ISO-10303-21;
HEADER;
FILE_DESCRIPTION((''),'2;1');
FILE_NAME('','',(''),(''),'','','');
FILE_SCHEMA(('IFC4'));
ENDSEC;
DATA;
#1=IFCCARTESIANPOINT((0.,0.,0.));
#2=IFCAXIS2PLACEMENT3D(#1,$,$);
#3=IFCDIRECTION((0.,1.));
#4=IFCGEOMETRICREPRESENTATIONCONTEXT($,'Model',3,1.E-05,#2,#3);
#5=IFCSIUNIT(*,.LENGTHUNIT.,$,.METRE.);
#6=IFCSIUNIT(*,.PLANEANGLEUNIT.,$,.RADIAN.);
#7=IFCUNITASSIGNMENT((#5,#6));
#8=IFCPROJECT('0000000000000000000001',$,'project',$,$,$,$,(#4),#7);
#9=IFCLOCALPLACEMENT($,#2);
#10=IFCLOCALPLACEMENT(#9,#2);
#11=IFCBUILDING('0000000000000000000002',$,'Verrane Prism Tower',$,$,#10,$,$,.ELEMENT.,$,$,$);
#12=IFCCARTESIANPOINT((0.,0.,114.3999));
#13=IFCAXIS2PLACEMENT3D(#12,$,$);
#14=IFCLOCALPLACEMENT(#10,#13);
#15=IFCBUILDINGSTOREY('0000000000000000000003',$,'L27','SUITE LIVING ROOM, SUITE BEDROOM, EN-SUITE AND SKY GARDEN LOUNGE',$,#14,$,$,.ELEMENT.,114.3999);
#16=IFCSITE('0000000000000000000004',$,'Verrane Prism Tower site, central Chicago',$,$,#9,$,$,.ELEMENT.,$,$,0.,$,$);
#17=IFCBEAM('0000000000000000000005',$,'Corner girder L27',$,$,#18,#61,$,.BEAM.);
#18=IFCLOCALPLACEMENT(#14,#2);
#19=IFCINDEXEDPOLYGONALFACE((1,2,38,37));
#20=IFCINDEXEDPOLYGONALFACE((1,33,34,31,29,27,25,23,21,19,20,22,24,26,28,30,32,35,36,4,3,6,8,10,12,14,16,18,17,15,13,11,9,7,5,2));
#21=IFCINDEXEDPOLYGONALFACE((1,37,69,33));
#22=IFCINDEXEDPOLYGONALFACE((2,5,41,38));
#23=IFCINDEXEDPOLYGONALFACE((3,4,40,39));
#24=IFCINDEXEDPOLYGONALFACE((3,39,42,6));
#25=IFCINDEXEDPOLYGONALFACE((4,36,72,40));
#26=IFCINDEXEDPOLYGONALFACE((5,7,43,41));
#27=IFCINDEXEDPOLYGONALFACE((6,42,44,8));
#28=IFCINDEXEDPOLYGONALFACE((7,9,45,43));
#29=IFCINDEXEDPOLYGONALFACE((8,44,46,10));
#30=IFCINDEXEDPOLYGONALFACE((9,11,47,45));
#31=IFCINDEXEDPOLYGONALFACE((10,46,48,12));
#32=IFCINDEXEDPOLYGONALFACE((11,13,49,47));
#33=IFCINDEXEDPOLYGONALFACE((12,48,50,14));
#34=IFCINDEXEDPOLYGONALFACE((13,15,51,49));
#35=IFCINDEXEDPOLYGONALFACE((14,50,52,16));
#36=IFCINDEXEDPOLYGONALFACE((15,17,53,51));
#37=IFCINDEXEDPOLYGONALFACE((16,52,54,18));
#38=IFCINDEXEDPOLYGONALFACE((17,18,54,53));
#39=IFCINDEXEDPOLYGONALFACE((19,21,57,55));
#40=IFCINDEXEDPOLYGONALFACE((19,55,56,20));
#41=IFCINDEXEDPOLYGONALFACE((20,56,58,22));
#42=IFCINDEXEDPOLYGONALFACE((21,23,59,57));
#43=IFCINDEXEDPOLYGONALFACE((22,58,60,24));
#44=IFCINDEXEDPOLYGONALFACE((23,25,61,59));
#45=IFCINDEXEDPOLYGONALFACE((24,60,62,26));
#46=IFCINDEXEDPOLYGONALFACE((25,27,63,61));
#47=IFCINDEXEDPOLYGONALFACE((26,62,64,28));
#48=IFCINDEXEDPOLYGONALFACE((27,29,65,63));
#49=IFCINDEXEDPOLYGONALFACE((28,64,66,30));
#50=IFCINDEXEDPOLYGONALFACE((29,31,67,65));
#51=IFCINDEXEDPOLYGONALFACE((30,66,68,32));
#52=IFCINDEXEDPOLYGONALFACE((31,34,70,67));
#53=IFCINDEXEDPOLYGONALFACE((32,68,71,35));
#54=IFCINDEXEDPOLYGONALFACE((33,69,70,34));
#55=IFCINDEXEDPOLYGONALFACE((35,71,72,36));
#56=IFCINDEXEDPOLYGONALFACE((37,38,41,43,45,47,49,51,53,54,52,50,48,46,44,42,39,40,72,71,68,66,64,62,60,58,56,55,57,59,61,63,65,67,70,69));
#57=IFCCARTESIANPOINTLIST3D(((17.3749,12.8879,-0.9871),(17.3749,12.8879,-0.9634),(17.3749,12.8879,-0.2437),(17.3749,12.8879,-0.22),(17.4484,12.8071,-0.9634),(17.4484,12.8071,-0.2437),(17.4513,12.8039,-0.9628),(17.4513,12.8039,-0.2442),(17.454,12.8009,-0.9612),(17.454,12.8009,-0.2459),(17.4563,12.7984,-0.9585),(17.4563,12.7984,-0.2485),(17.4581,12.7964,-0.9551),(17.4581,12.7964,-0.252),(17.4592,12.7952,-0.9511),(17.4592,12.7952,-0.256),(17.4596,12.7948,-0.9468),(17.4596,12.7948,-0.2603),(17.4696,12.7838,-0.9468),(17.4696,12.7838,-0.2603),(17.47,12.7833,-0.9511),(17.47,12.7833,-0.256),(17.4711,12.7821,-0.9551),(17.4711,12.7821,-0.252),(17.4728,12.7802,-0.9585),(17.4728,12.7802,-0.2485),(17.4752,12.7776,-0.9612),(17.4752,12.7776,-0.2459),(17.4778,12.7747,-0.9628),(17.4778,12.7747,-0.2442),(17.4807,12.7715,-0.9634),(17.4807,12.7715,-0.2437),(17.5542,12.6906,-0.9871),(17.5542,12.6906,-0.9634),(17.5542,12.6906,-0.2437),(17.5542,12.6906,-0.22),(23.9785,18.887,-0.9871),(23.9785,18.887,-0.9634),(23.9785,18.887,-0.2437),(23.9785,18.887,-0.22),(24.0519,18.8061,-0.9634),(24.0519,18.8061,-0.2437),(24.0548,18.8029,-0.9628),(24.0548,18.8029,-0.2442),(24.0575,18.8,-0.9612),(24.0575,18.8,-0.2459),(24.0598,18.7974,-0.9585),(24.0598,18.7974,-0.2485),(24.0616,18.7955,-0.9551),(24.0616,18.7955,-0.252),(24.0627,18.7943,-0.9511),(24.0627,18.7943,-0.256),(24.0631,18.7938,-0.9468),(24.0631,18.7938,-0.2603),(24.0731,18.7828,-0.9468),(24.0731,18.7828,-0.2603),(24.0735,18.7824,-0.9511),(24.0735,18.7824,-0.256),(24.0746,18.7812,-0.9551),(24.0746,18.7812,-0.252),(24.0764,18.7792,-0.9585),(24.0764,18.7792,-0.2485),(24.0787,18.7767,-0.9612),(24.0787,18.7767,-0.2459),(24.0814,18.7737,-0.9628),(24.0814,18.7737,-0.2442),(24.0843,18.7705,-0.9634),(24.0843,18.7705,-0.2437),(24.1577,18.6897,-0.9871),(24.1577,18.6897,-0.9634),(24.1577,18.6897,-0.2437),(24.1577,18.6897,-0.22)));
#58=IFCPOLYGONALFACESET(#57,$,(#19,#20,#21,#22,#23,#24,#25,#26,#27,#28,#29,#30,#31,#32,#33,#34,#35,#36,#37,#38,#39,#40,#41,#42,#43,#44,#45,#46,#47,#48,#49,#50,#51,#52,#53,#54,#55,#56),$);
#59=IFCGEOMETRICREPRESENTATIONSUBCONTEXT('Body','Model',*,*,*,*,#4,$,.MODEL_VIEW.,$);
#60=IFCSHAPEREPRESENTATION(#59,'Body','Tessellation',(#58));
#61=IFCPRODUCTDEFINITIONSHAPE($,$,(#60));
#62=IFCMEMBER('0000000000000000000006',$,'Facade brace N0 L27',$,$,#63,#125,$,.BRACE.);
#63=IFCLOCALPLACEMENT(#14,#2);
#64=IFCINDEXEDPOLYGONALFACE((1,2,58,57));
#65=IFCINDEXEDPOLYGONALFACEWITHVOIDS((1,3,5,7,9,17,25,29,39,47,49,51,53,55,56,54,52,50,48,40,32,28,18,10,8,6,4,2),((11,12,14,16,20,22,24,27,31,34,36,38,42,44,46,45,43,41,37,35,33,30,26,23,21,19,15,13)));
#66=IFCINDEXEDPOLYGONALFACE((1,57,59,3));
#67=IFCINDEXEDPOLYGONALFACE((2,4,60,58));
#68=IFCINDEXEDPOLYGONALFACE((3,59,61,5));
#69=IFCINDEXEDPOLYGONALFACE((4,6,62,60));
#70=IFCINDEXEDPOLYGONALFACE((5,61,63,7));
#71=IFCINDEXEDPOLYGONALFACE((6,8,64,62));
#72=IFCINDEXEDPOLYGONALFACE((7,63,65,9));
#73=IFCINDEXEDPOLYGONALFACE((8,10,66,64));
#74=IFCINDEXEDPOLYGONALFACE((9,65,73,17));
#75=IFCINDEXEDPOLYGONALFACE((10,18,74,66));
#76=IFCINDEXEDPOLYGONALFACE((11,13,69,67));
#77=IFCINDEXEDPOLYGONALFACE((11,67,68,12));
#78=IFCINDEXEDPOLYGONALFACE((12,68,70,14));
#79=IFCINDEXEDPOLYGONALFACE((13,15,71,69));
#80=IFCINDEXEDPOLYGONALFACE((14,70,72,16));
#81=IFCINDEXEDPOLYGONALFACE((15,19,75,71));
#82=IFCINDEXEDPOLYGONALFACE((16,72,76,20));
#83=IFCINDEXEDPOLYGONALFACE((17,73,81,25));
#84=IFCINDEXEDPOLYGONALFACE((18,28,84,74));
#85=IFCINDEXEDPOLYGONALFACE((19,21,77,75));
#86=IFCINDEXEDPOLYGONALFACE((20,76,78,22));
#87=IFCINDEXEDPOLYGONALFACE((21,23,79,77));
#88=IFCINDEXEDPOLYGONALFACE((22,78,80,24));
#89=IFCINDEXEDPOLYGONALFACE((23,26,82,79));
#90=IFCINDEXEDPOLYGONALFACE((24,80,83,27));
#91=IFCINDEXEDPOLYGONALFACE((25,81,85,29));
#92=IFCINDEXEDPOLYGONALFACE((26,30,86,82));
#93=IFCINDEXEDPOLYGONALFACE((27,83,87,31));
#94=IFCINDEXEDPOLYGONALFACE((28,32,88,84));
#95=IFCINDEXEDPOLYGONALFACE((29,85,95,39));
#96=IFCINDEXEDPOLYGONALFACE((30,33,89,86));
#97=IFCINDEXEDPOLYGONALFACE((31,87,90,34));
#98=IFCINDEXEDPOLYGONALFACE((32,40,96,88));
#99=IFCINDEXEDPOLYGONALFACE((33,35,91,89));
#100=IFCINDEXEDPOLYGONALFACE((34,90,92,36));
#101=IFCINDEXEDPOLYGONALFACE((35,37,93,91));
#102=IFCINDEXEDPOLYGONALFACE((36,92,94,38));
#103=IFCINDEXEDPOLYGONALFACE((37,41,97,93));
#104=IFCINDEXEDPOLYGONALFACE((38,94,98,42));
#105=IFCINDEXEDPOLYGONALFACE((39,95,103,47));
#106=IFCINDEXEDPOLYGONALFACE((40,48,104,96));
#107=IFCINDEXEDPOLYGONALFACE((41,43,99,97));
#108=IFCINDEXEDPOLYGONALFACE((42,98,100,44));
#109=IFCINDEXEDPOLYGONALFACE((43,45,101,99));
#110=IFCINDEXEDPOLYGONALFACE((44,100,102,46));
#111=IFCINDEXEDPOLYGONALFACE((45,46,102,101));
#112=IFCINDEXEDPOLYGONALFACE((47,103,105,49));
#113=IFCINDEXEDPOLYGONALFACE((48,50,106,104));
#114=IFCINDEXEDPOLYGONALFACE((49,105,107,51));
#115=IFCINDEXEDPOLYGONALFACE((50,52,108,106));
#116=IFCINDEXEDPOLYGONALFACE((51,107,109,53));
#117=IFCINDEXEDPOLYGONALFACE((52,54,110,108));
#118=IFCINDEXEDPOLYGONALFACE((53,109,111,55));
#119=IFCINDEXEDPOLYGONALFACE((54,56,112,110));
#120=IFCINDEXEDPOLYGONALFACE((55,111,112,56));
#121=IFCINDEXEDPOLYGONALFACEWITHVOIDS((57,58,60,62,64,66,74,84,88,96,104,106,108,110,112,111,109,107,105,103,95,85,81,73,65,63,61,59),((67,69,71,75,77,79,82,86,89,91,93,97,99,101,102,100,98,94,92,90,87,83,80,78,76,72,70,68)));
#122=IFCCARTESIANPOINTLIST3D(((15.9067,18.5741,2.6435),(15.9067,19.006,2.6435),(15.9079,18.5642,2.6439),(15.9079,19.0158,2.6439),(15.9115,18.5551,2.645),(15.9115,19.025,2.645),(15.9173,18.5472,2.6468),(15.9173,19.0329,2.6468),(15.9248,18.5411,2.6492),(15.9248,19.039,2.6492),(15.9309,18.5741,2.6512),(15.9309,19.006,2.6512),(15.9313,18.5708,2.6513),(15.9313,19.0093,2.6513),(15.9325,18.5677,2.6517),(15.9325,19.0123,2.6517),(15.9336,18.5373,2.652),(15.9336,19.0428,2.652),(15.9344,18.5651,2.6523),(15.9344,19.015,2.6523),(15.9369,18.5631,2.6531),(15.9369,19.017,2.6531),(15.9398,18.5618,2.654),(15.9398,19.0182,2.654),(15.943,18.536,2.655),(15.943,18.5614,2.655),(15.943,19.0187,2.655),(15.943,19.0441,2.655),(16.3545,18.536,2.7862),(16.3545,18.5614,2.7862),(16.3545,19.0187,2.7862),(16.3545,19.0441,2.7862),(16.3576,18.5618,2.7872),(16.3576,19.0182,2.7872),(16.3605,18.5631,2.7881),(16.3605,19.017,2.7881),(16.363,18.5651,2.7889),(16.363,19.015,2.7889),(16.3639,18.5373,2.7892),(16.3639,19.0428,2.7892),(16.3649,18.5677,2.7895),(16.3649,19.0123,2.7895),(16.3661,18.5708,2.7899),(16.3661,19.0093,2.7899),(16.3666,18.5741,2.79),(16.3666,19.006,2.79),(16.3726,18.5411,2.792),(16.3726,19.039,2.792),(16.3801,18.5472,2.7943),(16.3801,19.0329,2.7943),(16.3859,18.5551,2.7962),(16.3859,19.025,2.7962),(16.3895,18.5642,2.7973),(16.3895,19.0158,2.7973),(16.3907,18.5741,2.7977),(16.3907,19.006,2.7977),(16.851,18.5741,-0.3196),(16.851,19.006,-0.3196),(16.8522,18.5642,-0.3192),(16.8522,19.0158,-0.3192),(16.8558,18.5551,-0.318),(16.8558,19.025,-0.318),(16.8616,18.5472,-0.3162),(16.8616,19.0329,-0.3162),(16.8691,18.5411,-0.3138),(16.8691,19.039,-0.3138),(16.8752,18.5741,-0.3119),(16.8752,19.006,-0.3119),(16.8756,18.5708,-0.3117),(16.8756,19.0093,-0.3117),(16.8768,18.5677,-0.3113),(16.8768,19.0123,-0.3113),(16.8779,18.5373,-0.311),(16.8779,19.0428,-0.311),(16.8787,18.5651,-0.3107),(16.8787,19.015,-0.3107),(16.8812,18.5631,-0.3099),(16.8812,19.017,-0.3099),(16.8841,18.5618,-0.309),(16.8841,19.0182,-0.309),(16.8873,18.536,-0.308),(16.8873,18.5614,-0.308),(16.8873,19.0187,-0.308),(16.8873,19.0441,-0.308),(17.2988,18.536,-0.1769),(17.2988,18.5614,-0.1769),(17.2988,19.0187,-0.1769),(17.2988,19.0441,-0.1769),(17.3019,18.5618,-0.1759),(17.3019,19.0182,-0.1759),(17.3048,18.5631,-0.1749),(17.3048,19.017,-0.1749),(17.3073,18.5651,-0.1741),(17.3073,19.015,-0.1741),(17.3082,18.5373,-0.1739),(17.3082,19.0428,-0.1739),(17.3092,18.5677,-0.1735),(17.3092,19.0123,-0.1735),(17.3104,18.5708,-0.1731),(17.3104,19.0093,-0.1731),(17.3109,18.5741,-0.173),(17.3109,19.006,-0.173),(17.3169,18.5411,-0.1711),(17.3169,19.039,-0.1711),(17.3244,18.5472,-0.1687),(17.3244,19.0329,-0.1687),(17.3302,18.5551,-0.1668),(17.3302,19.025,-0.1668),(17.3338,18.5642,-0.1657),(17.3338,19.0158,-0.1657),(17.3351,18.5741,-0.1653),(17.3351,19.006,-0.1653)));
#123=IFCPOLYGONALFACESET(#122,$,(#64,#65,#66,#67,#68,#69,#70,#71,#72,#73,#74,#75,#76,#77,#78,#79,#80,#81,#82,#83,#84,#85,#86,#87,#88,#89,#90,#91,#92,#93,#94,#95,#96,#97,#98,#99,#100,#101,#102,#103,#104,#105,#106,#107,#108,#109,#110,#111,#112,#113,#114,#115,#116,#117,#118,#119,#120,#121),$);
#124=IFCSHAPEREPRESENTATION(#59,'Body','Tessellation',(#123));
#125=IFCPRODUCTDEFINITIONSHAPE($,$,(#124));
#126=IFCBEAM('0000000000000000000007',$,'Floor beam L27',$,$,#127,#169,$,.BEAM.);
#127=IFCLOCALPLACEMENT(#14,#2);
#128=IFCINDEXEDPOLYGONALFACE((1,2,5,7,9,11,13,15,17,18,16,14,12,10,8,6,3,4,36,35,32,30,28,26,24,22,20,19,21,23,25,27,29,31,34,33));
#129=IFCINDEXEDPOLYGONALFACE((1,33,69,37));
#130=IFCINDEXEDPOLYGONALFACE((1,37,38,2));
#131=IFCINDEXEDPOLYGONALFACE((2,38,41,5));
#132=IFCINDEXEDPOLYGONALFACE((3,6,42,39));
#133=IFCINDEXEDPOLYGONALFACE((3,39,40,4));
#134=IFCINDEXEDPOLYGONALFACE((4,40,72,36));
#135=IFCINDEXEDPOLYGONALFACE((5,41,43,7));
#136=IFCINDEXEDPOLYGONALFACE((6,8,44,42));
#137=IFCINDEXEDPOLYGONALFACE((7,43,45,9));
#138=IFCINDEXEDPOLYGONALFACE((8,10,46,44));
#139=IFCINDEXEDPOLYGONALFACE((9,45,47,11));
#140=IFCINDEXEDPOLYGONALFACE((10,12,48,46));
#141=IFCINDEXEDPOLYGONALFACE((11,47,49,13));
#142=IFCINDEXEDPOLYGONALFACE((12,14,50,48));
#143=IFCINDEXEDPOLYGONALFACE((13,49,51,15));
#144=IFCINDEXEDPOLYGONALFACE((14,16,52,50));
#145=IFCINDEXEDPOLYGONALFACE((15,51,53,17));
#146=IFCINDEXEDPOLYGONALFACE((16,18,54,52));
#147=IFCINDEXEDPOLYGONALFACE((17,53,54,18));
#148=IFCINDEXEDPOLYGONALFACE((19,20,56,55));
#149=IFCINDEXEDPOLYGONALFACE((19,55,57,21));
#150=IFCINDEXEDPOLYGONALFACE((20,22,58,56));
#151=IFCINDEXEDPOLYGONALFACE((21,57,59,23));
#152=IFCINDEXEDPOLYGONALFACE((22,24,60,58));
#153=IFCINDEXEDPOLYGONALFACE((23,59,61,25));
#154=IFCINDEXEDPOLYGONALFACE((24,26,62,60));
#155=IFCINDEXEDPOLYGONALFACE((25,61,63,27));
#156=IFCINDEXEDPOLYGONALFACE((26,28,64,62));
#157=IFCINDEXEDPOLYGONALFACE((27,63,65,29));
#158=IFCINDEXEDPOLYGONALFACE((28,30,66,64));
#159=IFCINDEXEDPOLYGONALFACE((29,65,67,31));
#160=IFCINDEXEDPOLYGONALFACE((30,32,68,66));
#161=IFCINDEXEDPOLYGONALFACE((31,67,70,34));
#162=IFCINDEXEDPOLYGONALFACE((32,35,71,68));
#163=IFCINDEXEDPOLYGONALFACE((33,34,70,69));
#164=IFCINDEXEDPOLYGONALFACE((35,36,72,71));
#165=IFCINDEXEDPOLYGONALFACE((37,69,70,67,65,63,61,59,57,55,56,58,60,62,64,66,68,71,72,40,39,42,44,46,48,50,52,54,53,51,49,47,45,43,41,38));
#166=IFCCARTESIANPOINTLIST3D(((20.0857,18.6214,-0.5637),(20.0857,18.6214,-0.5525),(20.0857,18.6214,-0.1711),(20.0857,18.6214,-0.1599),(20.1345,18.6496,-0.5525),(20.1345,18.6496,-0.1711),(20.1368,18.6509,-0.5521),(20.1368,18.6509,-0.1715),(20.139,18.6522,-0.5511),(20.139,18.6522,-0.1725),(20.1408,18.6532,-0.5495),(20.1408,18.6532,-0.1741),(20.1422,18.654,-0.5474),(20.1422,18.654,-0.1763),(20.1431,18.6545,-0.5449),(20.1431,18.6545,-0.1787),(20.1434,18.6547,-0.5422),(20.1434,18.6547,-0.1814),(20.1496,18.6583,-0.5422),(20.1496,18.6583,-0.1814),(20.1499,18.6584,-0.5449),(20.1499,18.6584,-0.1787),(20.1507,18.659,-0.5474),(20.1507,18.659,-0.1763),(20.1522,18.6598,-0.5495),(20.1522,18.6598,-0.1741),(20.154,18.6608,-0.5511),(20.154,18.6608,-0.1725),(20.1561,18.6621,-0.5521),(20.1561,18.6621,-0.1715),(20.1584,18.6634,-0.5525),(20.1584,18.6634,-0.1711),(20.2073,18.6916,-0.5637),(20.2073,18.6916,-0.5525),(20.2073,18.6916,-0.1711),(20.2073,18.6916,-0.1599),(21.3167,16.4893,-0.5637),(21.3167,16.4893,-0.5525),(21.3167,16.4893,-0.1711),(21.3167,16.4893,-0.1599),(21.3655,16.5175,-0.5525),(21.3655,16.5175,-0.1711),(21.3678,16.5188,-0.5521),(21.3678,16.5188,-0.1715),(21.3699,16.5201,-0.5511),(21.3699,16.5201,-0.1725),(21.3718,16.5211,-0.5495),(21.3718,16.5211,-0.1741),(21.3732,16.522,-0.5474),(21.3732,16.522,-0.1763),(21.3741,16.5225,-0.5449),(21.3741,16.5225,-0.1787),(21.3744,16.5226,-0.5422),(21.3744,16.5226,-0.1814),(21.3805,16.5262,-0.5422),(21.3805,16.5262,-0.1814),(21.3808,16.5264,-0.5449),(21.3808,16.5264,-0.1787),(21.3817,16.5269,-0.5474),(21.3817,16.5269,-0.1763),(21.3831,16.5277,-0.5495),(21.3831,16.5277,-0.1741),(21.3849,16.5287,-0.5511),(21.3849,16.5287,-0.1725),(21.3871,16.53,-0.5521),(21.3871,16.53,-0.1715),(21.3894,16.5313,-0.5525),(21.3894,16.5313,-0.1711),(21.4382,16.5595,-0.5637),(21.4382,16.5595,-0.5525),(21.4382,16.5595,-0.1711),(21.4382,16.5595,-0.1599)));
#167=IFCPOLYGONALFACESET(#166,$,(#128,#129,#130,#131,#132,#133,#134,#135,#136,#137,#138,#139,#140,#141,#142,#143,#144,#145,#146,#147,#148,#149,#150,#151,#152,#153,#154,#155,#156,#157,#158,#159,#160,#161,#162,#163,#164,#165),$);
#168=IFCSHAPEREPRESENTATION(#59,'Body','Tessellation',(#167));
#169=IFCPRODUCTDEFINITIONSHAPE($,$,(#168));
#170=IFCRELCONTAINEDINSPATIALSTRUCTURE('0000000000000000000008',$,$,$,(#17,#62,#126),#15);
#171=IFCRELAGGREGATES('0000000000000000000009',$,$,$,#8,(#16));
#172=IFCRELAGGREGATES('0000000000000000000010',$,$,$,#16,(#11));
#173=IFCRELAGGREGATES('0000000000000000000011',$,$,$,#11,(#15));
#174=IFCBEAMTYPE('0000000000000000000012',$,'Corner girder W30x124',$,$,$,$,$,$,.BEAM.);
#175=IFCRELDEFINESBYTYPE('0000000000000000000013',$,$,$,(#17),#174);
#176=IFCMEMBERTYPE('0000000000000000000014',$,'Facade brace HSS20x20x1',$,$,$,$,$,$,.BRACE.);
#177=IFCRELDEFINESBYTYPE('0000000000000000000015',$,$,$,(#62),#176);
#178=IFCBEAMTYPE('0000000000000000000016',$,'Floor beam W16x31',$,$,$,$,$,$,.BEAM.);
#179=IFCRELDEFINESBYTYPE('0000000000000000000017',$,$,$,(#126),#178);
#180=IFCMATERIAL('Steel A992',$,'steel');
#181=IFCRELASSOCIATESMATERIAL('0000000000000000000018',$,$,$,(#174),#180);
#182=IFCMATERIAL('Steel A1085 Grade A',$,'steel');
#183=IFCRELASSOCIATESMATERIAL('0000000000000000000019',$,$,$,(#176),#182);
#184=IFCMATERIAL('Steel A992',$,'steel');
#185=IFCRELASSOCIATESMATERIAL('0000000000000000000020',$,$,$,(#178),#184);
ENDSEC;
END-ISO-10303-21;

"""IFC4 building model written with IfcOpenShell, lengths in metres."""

from ifc_helpers import new_model, si_unit, direction, frame, origin, origin_2d, place, context, subcontext, project, spatial, hollow_rectangle, i_section, extrude, material, material_profile, profile_set, type_object, element, save


model = new_model("IFC4")

# Units and contexts
model_context = context("Model", 3, precision=1e-05, world=origin(), true_north=direction((0.0, 1.0)))
body_context = subcontext(model_context, "Body", "Model", "MODEL_VIEW")
ifc_project = project(units=[si_unit("LENGTHUNIT", "METRE"), si_unit("PLANEANGLEUNIT", "RADIAN")], contexts=[model_context])

# Site, building, storey
site_placement = place(None, origin())
site = spatial("IfcSite", under=ifc_project, at=site_placement, Name="Verrane Prism Tower site, central Chicago", CompositionType="ELEMENT", RefElevation=0.0)
building_placement = place(site_placement, origin())
building = spatial("IfcBuilding", under=site, at=building_placement, Name="Verrane Prism Tower", CompositionType="ELEMENT")
storey_placement = place(building_placement, frame((0.0, 0.0, 114.3999)))
storey = spatial("IfcBuildingStorey", under=building, at=storey_placement, Name="L27", Description="SUITE LIVING ROOM, SUITE BEDROOM, EN-SUITE AND SKY GARDEN LOUNGE", CompositionType="ELEMENT", Elevation=114.3999)

# Beam
ifc_material_1 = material(Name="Steel A992", Category="steel")
ifc_material_profile_1 = material_profile(ifc_material_1, i_section(OverallWidth=0.2666, OverallDepth=0.7671, WebThickness=0.0149, FlangeThickness=0.0237, FilletRadius=0.0166, at=origin_2d()), Name="W30x124")
ifc_profile_set_1 = profile_set([ifc_material_profile_1], Name="Steel A992")
beam_type_1 = type_object("IfcBeamType", Name="Corner girder W30x124", PredefinedType="BEAM", material=ifc_profile_set_1)
beam_1_placement = place(storey_placement, frame((24.0681, 18.7883, -0.6035), z_axis=(-0.740173, -0.672417, 0.0), x_axis=(0.672417, -0.740173, 0.0)))
element("IfcBeam", 1, at=beam_1_placement, inside=storey, type_object=beam_type_1, Name="Corner girder L27", PredefinedType="BEAM", context=body_context, shape_type="SweptSolid", body=[
    extrude(i_section(OverallWidth=0.2666, OverallDepth=0.7671, WebThickness=0.0149, FlangeThickness=0.0237, FilletRadius=0.0166, at=origin_2d()), origin(), (0.0, 0.0, 1.0), 8.9216),
])

# Member
ifc_material_2 = material(Name="Steel A1085 Grade A", Category="steel")
ifc_material_profile_2 = material_profile(ifc_material_2, hollow_rectangle(XDim=0.5081, YDim=0.5081, WallThickness=0.0254, InnerFilletRadius=0.0127, OuterFilletRadius=0.0381, at=origin_2d()), Name="HSS20x20x1")
ifc_profile_set_2 = profile_set([ifc_material_profile_2], Name="Steel A1085 Grade A")
member_type_1 = type_object("IfcMemberType", Name="Facade brace HSS20x20x1", PredefinedType="BRACE", material=ifc_profile_set_2)
member_1_placement = place(storey_placement, frame((17.093, 18.79, -0.2424), z_axis=(-0.303648, 0.0, 0.952784), x_axis=(0.0, -1.0, 0.0)))
element("IfcMember", 2, at=member_1_placement, inside=storey, type_object=member_type_1, Name="Facade brace N0 L27", PredefinedType="BRACE", context=body_context, shape_type="SweptSolid", body=[
    extrude(hollow_rectangle(XDim=0.5081, YDim=0.5081, WallThickness=0.0254, InnerFilletRadius=0.0127, OuterFilletRadius=0.0381, at=origin_2d()), origin(), (0.0, 0.0, 1.0), 3.1099),
])

# Beam
ifc_material_3 = material(Name="Steel A992", Category="steel")
ifc_material_profile_3 = material_profile(ifc_material_3, i_section(OverallWidth=0.1404, OverallDepth=0.4038, WebThickness=0.0071, FlangeThickness=0.0112, FilletRadius=0.0103, at=origin_2d()), Name="W16x31")
ifc_profile_set_3 = profile_set([ifc_material_profile_3], Name="Steel A992")
beam_type_2 = type_object("IfcBeamType", Name="Floor beam W16x31", PredefinedType="BEAM", material=ifc_profile_set_3)
beam_2_placement = place(storey_placement, frame((21.3774, 16.5244, -0.3618), z_axis=(-0.5, 0.866025, 0.0), x_axis=(-0.866025, -0.5, 0.0)))
element("IfcBeam", 3, at=beam_2_placement, inside=storey, type_object=beam_type_2, Name="Floor beam L27", PredefinedType="BEAM", context=body_context, shape_type="SweptSolid", body=[
    extrude(i_section(OverallWidth=0.1404, OverallDepth=0.4038, WebThickness=0.0071, FlangeThickness=0.0112, FilletRadius=0.0103, at=origin_2d()), origin(), (0.0, 0.0, 1.0), 2.4619),
])

save(model, "model.ifc")
